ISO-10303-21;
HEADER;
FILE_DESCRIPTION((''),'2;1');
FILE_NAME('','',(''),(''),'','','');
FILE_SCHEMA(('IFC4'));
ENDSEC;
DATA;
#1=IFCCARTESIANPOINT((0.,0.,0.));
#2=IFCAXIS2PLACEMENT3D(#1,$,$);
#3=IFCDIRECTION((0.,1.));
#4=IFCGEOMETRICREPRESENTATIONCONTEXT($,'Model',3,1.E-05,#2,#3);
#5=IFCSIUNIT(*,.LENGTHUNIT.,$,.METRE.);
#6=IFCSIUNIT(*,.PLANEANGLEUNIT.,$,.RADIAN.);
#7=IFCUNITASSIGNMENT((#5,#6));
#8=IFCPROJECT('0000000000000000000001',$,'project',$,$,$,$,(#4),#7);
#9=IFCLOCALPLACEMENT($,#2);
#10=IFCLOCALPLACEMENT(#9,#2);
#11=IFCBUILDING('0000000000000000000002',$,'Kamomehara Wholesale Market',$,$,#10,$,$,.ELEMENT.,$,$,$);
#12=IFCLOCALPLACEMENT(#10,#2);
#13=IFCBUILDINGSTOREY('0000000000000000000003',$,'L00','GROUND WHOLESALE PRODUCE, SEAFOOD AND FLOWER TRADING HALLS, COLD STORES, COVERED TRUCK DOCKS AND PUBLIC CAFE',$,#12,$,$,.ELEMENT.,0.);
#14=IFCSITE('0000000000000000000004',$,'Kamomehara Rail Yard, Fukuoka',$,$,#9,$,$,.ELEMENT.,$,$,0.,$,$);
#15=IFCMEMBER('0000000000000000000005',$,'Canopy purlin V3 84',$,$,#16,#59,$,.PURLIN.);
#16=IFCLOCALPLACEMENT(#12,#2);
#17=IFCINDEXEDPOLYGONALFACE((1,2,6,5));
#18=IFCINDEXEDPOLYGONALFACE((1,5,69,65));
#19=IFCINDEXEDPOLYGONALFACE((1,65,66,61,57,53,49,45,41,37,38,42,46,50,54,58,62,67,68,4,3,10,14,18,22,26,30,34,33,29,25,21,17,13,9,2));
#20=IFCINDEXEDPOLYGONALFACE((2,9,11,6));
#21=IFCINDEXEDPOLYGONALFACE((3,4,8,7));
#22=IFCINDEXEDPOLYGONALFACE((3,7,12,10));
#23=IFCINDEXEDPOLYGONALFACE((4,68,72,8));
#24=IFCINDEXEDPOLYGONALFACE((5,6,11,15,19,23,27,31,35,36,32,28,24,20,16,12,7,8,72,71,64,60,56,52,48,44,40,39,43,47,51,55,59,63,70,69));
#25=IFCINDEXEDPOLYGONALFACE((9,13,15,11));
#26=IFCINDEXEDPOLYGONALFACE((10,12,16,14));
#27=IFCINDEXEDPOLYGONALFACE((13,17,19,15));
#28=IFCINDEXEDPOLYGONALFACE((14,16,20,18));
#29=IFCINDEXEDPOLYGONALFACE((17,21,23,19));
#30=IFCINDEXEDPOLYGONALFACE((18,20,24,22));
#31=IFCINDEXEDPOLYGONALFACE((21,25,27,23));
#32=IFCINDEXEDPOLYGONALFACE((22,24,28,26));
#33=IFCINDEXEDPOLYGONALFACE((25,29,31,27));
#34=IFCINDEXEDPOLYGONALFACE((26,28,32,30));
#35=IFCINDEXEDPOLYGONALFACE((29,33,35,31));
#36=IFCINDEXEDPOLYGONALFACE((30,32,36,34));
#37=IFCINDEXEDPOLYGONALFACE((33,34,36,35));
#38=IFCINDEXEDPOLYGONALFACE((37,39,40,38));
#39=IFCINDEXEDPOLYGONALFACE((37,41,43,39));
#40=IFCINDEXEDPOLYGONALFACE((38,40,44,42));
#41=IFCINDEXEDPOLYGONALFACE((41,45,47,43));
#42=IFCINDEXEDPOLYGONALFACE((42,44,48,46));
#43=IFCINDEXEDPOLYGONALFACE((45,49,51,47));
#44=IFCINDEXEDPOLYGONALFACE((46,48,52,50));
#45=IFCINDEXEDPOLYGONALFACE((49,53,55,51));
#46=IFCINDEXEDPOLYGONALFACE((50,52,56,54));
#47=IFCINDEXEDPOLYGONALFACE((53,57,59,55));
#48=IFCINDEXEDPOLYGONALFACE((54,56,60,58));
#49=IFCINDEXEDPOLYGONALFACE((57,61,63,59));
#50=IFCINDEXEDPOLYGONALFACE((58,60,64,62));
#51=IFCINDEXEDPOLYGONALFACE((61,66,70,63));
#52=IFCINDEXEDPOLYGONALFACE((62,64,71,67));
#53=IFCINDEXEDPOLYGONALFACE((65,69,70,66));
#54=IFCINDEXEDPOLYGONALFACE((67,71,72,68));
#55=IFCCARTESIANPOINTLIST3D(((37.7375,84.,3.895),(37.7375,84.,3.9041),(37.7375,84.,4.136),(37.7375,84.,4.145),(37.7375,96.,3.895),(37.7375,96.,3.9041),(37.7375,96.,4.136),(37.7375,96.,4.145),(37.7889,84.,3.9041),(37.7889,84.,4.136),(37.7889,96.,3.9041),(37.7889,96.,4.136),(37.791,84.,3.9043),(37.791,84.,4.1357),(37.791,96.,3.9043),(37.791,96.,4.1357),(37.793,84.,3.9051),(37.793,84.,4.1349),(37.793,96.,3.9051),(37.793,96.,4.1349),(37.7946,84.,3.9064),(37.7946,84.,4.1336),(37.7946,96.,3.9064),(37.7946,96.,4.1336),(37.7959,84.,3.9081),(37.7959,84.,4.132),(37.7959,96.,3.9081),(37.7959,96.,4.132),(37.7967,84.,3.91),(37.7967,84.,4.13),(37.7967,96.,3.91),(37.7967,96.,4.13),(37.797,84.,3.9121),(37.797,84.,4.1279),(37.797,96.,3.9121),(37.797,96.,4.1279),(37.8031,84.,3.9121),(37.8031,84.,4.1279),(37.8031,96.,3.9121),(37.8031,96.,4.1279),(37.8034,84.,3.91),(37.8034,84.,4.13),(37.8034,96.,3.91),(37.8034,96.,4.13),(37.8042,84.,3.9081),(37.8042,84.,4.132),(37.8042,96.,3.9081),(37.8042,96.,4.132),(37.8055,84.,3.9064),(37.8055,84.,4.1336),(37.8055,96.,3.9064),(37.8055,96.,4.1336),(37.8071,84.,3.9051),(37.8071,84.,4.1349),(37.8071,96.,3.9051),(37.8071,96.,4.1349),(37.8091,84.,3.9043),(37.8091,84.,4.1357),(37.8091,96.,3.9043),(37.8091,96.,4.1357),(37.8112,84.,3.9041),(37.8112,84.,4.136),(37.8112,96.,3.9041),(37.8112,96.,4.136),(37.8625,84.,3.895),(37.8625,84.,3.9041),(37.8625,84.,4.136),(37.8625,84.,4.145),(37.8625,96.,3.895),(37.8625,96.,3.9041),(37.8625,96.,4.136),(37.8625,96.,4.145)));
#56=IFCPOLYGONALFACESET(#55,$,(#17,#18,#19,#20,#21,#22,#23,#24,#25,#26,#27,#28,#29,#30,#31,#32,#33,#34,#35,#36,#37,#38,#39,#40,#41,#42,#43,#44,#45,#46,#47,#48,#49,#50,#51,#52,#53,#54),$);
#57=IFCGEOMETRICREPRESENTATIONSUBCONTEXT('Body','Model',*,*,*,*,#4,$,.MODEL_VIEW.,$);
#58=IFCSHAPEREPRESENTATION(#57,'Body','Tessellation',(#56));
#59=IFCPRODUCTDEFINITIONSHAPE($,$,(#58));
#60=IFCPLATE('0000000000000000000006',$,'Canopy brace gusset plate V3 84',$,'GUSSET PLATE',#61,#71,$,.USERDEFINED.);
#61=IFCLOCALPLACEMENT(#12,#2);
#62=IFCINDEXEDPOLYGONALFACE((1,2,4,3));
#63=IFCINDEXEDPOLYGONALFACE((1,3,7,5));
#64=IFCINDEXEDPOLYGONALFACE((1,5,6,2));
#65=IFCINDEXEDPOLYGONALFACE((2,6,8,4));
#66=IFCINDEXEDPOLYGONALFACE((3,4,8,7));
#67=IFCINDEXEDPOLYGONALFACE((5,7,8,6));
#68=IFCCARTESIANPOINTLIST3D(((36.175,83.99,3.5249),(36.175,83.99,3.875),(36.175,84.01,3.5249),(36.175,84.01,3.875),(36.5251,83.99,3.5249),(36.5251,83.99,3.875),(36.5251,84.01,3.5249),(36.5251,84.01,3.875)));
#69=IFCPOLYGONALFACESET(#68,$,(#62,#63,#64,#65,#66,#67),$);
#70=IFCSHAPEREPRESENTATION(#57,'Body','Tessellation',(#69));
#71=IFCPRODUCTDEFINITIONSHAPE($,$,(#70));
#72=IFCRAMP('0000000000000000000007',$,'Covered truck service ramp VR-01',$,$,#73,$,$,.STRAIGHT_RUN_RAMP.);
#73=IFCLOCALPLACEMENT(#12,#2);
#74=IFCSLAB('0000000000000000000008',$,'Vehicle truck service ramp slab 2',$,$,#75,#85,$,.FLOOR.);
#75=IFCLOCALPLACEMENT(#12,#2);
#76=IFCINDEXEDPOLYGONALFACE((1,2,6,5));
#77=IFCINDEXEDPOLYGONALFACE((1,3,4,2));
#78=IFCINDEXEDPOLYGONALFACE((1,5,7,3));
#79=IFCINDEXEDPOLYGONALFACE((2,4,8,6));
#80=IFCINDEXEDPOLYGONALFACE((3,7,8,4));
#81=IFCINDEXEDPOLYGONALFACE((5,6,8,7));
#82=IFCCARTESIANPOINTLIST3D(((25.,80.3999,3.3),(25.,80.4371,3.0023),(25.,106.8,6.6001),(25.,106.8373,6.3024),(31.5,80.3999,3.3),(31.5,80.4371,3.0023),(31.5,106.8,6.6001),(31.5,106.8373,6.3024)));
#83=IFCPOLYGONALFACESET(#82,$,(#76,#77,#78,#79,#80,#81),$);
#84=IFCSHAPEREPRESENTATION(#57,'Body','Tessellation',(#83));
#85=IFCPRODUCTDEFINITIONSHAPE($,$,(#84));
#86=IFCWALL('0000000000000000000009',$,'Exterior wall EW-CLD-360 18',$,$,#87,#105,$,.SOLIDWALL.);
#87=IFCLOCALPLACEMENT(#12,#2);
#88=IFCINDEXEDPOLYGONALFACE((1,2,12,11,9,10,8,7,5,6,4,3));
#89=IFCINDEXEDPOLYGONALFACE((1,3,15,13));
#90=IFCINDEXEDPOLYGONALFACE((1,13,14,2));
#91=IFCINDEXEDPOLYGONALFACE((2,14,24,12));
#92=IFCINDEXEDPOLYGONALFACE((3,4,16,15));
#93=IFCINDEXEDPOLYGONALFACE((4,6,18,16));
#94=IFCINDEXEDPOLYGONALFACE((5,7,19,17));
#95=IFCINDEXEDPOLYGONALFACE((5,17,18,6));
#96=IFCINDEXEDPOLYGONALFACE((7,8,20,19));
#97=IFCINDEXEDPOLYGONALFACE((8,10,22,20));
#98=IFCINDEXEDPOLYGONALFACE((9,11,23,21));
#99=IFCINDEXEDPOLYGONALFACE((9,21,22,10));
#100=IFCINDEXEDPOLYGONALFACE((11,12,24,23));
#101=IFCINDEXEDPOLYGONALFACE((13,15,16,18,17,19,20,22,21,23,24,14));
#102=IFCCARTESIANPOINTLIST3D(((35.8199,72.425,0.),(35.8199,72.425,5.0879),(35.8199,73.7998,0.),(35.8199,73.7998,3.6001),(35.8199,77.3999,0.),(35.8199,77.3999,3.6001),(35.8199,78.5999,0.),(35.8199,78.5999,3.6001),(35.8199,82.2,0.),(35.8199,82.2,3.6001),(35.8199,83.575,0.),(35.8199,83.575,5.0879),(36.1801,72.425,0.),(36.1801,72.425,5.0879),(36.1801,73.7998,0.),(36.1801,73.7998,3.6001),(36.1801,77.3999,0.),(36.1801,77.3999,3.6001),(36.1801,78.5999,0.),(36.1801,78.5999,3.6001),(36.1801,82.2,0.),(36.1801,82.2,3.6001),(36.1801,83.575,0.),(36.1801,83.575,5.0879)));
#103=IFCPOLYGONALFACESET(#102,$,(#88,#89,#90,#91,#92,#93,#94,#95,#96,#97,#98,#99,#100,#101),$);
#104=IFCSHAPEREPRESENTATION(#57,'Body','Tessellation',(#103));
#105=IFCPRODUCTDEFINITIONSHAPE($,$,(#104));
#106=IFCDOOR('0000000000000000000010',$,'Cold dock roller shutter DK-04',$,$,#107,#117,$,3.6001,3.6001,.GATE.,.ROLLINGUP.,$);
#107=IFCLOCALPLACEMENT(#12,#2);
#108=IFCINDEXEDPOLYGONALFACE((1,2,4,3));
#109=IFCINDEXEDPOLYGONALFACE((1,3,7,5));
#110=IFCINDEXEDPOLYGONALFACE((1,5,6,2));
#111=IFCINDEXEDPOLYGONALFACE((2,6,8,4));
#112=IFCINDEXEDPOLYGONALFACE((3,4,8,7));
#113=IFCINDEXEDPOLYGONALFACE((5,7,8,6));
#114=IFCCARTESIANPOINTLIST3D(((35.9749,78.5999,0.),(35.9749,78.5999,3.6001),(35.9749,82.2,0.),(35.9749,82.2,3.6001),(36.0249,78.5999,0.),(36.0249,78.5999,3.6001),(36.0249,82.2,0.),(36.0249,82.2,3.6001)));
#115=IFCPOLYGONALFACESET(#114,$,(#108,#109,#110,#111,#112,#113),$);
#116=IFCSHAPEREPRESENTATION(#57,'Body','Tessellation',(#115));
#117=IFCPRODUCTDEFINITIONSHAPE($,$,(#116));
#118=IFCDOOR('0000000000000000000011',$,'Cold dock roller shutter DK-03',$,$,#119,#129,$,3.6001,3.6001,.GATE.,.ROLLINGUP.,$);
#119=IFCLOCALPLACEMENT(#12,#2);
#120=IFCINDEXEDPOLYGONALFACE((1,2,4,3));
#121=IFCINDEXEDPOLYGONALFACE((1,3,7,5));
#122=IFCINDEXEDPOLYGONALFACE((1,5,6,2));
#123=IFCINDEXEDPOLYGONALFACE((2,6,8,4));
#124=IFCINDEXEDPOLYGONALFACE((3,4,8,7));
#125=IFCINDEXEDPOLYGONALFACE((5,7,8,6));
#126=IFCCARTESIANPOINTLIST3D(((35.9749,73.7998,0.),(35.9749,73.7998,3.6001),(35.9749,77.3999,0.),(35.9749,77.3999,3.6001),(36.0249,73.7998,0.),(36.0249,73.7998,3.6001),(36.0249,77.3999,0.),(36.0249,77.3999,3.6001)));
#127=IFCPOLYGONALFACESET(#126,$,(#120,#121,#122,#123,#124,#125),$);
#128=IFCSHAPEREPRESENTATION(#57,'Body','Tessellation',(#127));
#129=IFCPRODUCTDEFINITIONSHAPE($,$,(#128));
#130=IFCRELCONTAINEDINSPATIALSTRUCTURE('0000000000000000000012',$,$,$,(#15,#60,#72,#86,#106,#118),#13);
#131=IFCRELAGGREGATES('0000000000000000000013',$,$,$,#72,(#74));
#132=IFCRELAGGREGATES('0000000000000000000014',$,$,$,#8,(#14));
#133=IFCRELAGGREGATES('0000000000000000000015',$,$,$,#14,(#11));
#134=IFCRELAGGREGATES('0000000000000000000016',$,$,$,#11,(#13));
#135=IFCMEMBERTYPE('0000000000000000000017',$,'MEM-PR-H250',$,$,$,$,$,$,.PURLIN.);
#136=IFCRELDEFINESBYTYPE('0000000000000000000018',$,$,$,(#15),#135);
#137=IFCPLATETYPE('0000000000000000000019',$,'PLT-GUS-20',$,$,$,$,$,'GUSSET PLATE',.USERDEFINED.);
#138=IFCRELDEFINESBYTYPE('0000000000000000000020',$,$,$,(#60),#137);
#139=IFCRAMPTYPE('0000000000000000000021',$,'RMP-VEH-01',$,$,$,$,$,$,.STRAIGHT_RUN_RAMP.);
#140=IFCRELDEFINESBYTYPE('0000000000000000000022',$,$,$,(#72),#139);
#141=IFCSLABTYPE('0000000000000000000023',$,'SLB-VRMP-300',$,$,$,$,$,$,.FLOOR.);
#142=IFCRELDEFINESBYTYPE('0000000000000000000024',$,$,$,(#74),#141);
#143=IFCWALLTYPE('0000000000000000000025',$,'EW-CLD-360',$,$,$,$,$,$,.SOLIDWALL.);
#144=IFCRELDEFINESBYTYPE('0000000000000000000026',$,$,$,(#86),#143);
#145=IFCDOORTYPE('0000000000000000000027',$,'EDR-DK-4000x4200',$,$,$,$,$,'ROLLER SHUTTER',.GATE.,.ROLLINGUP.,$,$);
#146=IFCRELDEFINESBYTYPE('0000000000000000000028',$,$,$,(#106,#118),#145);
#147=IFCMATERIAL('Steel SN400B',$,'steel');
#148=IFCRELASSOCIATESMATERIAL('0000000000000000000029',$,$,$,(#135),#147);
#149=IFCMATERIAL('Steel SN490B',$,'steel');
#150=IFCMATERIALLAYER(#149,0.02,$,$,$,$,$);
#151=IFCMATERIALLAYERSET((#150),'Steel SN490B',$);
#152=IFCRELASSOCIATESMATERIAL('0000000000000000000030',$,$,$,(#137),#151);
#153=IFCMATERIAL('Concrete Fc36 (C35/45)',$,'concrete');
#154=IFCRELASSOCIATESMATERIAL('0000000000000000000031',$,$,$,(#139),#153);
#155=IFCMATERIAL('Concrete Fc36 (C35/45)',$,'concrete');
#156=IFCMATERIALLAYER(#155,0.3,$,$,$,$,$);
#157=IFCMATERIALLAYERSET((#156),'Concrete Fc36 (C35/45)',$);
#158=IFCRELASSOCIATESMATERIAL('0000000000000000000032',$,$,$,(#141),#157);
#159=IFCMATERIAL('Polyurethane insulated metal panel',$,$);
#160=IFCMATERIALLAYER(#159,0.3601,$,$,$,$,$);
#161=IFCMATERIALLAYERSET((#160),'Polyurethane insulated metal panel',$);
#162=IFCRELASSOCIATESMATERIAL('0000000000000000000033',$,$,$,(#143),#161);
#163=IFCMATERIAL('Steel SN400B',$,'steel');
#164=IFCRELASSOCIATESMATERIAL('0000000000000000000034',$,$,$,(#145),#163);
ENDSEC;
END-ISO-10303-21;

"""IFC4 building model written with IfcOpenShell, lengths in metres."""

from ifc_helpers import new_model, si_unit, direction, frame, frame_2d, origin, origin_2d, place, context, subcontext, project, spatial, polyline, rectangle, i_section, outline, extrude, material, layer, layer_set, material_profile, profile_set, type_object, element, fill, aggregate, save


model = new_model("IFC4")

# Units and contexts
model_context = context("Model", 3, precision=1e-05, world=origin(), true_north=direction((0.0, 1.0)))
body_context = subcontext(model_context, "Body", "Model", "MODEL_VIEW")
ifc_project = project(units=[si_unit("LENGTHUNIT", "METRE"), si_unit("PLANEANGLEUNIT", "RADIAN")], contexts=[model_context])

# Site, building, storey
site_placement = place(None, origin())
site = spatial("IfcSite", under=ifc_project, at=site_placement, Name="Kamomehara Rail Yard, Fukuoka", CompositionType="ELEMENT", RefElevation=0.0)
building_placement = place(site_placement, origin())
building = spatial("IfcBuilding", under=site, at=building_placement, Name="Kamomehara Wholesale Market", CompositionType="ELEMENT")
storey_placement = place(building_placement, origin())
storey = spatial("IfcBuildingStorey", under=building, at=storey_placement, Name="L00", Description="GROUND WHOLESALE PRODUCE, SEAFOOD AND FLOWER TRADING HALLS, COLD STORES, COVERED TRUCK DOCKS AND PUBLIC CAFE", CompositionType="ELEMENT", Elevation=0.0)

# Member
ifc_material_1 = material(Name="Steel SN400B", Category="steel")
ifc_material_profile_1 = material_profile(ifc_material_1, i_section(OverallWidth=0.125, OverallDepth=0.25, WebThickness=0.0061, FlangeThickness=0.009, FilletRadius=0.0081, at=origin_2d()), Name="H-250x125x6x9")
ifc_profile_set_1 = profile_set([ifc_material_profile_1], Name="Steel SN400B")
member_type_1 = type_object("IfcMemberType", Name="MEM-PR-H250", PredefinedType="PURLIN", material=ifc_profile_set_1)
member_1_placement = place(storey_placement, frame((37.8, 84.0, 4.02), z_axis=(0.0, 1.0, 0.0), x_axis=(-1.0, 0.0, 0.0)))
element("IfcMember", 1, at=member_1_placement, inside=storey, type_object=member_type_1, Name="Canopy purlin V3 84", PredefinedType="PURLIN", context=body_context, shape_type="SweptSolid", body=[
    extrude(i_section(OverallWidth=0.125, OverallDepth=0.25, WebThickness=0.0061, FlangeThickness=0.009, FilletRadius=0.0081, at=origin_2d()), origin(), (0.0, 0.0, 1.0), 12.0),
])

# Plate
ifc_material_2 = material(Name="Steel SN490B", Category="steel")
ifc_layer_1 = layer(ifc_material_2, 0.02)
ifc_layer_set_1 = layer_set([ifc_layer_1], Name="Steel SN490B")
plate_type = type_object("IfcPlateType", Name="PLT-GUS-20", ElementType="GUSSET PLATE", PredefinedType="USERDEFINED", material=ifc_layer_set_1)
plate_placement = place(storey_placement, frame((36.3501, 84.0, 3.5249), z_axis=(0.0, 0.0, 1.0), x_axis=(1.0, 0.0, 0.0)))
element("IfcPlate", 2, at=plate_placement, inside=storey, type_object=plate_type, Name="Canopy brace gusset plate V3 84", ObjectType="GUSSET PLATE", PredefinedType="USERDEFINED", context=body_context, shape_type="SweptSolid", body=[
    extrude(rectangle(XDim=0.3501, YDim=0.02, at=origin_2d()), origin(), (0.0, 0.0, 1.0), 0.3501),
])

# Ramp, slab
ifc_material_3 = material(Name="Concrete Fc36 (C35/45)", Category="concrete")
ramp_type = type_object("IfcRampType", Name="RMP-VEH-01", PredefinedType="STRAIGHT_RUN_RAMP", material=ifc_material_3)
ramp_placement = place(storey_placement, origin())
ramp = element("IfcRamp", 3, at=ramp_placement, inside=storey, type_object=ramp_type, Name="Covered truck service ramp VR-01", PredefinedType="STRAIGHT_RUN_RAMP")
ifc_material_4 = material(Name="Concrete Fc36 (C35/45)", Category="concrete")
ifc_layer_2 = layer(ifc_material_4, 0.3)
ifc_layer_set_2 = layer_set([ifc_layer_2], Name="Concrete Fc36 (C35/45)")
slab_type = type_object("IfcSlabType", Name="SLB-VRMP-300", PredefinedType="FLOOR", material=ifc_layer_set_2)
slab_placement = place(storey_placement, frame((25.0, 80.3999, 3.3), z_axis=(0.0, -0.124036, 0.992278), x_axis=(1.0, 0.0, 0.0)))
slab = element("IfcSlab", 4, at=slab_placement, type_object=slab_type, Name="Vehicle truck service ramp slab 2", PredefinedType="FLOOR", context=body_context, shape_type="SweptSolid", body=[
    extrude(outline(polyline([(0.0, 0.0), (6.5, 0.0), (6.5, 26.6056), (0.0, 26.6056), (0.0, 0.0)])), origin(), (0.0, 0.0, -1.0), 0.3),
])
aggregate(ramp, [slab])

# Wall, openings, doors
ifc_material_5 = material(Name="Polyurethane insulated metal panel")
ifc_layer_3 = layer(ifc_material_5, 0.3601)
ifc_layer_set_3 = layer_set([ifc_layer_3], Name="Polyurethane insulated metal panel")
wall_type = type_object("IfcWallType", Name="EW-CLD-360", PredefinedType="SOLIDWALL", material=ifc_layer_set_3)
wall_placement = place(storey_placement, frame((36.0, 83.575, 0.0), z_axis=(0.0, 0.0, 1.0), x_axis=(0.0, -1.0, 0.0)))
wall = element("IfcWall", 5, at=wall_placement, inside=storey, type_object=wall_type, Name="Exterior wall EW-CLD-360 18", PredefinedType="SOLIDWALL", context=body_context, shape_type="SweptSolid", body=[
    extrude(rectangle(XDim=11.1499, YDim=0.3601, at=frame_2d((5.575, 0.0))), origin(), (0.0, 0.0, 1.0), 5.0879),
])
opening_1_placement = place(wall_placement, frame((1.375, 0.0, 0.0)))
opening_1 = element("IfcOpeningElement", 6, at=opening_1_placement, cuts=wall, PredefinedType="OPENING", context=body_context, shape_type="SweptSolid", body=[
    extrude(rectangle(XDim=3.6001, YDim=3.6001, at=frame_2d((1.8, 1.8))), frame((0.0, 0.1948, 0.0), z_axis=(0.0, -1.0, 0.0), x_axis=(1.0, 0.0, 0.0)), (0.0, 0.0, 1.0), 0.3899),
])
opening_2_placement = place(wall_placement, frame((6.175, 0.0, 0.0)))
opening_2 = element("IfcOpeningElement", 7, at=opening_2_placement, cuts=wall, PredefinedType="OPENING", context=body_context, shape_type="SweptSolid", body=[
    extrude(rectangle(XDim=3.6001, YDim=3.6001, at=frame_2d((1.8, 1.8))), frame((0.0, 0.1948, 0.0), z_axis=(0.0, -1.0, 0.0), x_axis=(1.0, 0.0, 0.0)), (0.0, 0.0, 1.0), 0.3899),
])
ifc_material_6 = material(Name="Steel SN400B", Category="steel")
door_type = type_object("IfcDoorType", Name="EDR-DK-4000x4200", ElementType="ROLLER SHUTTER", OperationType="ROLLINGUP", PredefinedType="GATE", material=ifc_material_6)
door_1_placement = place(opening_1_placement, origin())
door_1 = element("IfcDoor", 8, at=door_1_placement, inside=storey, type_object=door_type, Name="Cold dock roller shutter DK-04", OperationType="ROLLINGUP", OverallHeight=3.6001, OverallWidth=3.6001, PredefinedType="GATE", context=body_context, shape_type="SweptSolid", body=[
    extrude(rectangle(XDim=3.6001, YDim=3.6001, at=frame_2d((1.8, 1.8))), frame((0.0, 0.0249, 0.0), z_axis=(0.0, -1.0, 0.0), x_axis=(1.0, 0.0, 0.0)), (0.0, 0.0, 1.0), 0.05),
])
fill(opening_1, door_1)
door_2_placement = place(opening_2_placement, origin())
door_2 = element("IfcDoor", 9, at=door_2_placement, inside=storey, type_object=door_type, Name="Cold dock roller shutter DK-03", OperationType="ROLLINGUP", OverallHeight=3.6001, OverallWidth=3.6001, PredefinedType="GATE", context=body_context, shape_type="SweptSolid", body=[
    extrude(rectangle(XDim=3.6001, YDim=3.6001, at=frame_2d((1.8, 1.8))), frame((0.0, 0.0249, 0.0), z_axis=(0.0, -1.0, 0.0), x_axis=(1.0, 0.0, 0.0)), (0.0, 0.0, 1.0), 0.05),
])
fill(opening_2, door_2)

save(model, "model.ifc")
